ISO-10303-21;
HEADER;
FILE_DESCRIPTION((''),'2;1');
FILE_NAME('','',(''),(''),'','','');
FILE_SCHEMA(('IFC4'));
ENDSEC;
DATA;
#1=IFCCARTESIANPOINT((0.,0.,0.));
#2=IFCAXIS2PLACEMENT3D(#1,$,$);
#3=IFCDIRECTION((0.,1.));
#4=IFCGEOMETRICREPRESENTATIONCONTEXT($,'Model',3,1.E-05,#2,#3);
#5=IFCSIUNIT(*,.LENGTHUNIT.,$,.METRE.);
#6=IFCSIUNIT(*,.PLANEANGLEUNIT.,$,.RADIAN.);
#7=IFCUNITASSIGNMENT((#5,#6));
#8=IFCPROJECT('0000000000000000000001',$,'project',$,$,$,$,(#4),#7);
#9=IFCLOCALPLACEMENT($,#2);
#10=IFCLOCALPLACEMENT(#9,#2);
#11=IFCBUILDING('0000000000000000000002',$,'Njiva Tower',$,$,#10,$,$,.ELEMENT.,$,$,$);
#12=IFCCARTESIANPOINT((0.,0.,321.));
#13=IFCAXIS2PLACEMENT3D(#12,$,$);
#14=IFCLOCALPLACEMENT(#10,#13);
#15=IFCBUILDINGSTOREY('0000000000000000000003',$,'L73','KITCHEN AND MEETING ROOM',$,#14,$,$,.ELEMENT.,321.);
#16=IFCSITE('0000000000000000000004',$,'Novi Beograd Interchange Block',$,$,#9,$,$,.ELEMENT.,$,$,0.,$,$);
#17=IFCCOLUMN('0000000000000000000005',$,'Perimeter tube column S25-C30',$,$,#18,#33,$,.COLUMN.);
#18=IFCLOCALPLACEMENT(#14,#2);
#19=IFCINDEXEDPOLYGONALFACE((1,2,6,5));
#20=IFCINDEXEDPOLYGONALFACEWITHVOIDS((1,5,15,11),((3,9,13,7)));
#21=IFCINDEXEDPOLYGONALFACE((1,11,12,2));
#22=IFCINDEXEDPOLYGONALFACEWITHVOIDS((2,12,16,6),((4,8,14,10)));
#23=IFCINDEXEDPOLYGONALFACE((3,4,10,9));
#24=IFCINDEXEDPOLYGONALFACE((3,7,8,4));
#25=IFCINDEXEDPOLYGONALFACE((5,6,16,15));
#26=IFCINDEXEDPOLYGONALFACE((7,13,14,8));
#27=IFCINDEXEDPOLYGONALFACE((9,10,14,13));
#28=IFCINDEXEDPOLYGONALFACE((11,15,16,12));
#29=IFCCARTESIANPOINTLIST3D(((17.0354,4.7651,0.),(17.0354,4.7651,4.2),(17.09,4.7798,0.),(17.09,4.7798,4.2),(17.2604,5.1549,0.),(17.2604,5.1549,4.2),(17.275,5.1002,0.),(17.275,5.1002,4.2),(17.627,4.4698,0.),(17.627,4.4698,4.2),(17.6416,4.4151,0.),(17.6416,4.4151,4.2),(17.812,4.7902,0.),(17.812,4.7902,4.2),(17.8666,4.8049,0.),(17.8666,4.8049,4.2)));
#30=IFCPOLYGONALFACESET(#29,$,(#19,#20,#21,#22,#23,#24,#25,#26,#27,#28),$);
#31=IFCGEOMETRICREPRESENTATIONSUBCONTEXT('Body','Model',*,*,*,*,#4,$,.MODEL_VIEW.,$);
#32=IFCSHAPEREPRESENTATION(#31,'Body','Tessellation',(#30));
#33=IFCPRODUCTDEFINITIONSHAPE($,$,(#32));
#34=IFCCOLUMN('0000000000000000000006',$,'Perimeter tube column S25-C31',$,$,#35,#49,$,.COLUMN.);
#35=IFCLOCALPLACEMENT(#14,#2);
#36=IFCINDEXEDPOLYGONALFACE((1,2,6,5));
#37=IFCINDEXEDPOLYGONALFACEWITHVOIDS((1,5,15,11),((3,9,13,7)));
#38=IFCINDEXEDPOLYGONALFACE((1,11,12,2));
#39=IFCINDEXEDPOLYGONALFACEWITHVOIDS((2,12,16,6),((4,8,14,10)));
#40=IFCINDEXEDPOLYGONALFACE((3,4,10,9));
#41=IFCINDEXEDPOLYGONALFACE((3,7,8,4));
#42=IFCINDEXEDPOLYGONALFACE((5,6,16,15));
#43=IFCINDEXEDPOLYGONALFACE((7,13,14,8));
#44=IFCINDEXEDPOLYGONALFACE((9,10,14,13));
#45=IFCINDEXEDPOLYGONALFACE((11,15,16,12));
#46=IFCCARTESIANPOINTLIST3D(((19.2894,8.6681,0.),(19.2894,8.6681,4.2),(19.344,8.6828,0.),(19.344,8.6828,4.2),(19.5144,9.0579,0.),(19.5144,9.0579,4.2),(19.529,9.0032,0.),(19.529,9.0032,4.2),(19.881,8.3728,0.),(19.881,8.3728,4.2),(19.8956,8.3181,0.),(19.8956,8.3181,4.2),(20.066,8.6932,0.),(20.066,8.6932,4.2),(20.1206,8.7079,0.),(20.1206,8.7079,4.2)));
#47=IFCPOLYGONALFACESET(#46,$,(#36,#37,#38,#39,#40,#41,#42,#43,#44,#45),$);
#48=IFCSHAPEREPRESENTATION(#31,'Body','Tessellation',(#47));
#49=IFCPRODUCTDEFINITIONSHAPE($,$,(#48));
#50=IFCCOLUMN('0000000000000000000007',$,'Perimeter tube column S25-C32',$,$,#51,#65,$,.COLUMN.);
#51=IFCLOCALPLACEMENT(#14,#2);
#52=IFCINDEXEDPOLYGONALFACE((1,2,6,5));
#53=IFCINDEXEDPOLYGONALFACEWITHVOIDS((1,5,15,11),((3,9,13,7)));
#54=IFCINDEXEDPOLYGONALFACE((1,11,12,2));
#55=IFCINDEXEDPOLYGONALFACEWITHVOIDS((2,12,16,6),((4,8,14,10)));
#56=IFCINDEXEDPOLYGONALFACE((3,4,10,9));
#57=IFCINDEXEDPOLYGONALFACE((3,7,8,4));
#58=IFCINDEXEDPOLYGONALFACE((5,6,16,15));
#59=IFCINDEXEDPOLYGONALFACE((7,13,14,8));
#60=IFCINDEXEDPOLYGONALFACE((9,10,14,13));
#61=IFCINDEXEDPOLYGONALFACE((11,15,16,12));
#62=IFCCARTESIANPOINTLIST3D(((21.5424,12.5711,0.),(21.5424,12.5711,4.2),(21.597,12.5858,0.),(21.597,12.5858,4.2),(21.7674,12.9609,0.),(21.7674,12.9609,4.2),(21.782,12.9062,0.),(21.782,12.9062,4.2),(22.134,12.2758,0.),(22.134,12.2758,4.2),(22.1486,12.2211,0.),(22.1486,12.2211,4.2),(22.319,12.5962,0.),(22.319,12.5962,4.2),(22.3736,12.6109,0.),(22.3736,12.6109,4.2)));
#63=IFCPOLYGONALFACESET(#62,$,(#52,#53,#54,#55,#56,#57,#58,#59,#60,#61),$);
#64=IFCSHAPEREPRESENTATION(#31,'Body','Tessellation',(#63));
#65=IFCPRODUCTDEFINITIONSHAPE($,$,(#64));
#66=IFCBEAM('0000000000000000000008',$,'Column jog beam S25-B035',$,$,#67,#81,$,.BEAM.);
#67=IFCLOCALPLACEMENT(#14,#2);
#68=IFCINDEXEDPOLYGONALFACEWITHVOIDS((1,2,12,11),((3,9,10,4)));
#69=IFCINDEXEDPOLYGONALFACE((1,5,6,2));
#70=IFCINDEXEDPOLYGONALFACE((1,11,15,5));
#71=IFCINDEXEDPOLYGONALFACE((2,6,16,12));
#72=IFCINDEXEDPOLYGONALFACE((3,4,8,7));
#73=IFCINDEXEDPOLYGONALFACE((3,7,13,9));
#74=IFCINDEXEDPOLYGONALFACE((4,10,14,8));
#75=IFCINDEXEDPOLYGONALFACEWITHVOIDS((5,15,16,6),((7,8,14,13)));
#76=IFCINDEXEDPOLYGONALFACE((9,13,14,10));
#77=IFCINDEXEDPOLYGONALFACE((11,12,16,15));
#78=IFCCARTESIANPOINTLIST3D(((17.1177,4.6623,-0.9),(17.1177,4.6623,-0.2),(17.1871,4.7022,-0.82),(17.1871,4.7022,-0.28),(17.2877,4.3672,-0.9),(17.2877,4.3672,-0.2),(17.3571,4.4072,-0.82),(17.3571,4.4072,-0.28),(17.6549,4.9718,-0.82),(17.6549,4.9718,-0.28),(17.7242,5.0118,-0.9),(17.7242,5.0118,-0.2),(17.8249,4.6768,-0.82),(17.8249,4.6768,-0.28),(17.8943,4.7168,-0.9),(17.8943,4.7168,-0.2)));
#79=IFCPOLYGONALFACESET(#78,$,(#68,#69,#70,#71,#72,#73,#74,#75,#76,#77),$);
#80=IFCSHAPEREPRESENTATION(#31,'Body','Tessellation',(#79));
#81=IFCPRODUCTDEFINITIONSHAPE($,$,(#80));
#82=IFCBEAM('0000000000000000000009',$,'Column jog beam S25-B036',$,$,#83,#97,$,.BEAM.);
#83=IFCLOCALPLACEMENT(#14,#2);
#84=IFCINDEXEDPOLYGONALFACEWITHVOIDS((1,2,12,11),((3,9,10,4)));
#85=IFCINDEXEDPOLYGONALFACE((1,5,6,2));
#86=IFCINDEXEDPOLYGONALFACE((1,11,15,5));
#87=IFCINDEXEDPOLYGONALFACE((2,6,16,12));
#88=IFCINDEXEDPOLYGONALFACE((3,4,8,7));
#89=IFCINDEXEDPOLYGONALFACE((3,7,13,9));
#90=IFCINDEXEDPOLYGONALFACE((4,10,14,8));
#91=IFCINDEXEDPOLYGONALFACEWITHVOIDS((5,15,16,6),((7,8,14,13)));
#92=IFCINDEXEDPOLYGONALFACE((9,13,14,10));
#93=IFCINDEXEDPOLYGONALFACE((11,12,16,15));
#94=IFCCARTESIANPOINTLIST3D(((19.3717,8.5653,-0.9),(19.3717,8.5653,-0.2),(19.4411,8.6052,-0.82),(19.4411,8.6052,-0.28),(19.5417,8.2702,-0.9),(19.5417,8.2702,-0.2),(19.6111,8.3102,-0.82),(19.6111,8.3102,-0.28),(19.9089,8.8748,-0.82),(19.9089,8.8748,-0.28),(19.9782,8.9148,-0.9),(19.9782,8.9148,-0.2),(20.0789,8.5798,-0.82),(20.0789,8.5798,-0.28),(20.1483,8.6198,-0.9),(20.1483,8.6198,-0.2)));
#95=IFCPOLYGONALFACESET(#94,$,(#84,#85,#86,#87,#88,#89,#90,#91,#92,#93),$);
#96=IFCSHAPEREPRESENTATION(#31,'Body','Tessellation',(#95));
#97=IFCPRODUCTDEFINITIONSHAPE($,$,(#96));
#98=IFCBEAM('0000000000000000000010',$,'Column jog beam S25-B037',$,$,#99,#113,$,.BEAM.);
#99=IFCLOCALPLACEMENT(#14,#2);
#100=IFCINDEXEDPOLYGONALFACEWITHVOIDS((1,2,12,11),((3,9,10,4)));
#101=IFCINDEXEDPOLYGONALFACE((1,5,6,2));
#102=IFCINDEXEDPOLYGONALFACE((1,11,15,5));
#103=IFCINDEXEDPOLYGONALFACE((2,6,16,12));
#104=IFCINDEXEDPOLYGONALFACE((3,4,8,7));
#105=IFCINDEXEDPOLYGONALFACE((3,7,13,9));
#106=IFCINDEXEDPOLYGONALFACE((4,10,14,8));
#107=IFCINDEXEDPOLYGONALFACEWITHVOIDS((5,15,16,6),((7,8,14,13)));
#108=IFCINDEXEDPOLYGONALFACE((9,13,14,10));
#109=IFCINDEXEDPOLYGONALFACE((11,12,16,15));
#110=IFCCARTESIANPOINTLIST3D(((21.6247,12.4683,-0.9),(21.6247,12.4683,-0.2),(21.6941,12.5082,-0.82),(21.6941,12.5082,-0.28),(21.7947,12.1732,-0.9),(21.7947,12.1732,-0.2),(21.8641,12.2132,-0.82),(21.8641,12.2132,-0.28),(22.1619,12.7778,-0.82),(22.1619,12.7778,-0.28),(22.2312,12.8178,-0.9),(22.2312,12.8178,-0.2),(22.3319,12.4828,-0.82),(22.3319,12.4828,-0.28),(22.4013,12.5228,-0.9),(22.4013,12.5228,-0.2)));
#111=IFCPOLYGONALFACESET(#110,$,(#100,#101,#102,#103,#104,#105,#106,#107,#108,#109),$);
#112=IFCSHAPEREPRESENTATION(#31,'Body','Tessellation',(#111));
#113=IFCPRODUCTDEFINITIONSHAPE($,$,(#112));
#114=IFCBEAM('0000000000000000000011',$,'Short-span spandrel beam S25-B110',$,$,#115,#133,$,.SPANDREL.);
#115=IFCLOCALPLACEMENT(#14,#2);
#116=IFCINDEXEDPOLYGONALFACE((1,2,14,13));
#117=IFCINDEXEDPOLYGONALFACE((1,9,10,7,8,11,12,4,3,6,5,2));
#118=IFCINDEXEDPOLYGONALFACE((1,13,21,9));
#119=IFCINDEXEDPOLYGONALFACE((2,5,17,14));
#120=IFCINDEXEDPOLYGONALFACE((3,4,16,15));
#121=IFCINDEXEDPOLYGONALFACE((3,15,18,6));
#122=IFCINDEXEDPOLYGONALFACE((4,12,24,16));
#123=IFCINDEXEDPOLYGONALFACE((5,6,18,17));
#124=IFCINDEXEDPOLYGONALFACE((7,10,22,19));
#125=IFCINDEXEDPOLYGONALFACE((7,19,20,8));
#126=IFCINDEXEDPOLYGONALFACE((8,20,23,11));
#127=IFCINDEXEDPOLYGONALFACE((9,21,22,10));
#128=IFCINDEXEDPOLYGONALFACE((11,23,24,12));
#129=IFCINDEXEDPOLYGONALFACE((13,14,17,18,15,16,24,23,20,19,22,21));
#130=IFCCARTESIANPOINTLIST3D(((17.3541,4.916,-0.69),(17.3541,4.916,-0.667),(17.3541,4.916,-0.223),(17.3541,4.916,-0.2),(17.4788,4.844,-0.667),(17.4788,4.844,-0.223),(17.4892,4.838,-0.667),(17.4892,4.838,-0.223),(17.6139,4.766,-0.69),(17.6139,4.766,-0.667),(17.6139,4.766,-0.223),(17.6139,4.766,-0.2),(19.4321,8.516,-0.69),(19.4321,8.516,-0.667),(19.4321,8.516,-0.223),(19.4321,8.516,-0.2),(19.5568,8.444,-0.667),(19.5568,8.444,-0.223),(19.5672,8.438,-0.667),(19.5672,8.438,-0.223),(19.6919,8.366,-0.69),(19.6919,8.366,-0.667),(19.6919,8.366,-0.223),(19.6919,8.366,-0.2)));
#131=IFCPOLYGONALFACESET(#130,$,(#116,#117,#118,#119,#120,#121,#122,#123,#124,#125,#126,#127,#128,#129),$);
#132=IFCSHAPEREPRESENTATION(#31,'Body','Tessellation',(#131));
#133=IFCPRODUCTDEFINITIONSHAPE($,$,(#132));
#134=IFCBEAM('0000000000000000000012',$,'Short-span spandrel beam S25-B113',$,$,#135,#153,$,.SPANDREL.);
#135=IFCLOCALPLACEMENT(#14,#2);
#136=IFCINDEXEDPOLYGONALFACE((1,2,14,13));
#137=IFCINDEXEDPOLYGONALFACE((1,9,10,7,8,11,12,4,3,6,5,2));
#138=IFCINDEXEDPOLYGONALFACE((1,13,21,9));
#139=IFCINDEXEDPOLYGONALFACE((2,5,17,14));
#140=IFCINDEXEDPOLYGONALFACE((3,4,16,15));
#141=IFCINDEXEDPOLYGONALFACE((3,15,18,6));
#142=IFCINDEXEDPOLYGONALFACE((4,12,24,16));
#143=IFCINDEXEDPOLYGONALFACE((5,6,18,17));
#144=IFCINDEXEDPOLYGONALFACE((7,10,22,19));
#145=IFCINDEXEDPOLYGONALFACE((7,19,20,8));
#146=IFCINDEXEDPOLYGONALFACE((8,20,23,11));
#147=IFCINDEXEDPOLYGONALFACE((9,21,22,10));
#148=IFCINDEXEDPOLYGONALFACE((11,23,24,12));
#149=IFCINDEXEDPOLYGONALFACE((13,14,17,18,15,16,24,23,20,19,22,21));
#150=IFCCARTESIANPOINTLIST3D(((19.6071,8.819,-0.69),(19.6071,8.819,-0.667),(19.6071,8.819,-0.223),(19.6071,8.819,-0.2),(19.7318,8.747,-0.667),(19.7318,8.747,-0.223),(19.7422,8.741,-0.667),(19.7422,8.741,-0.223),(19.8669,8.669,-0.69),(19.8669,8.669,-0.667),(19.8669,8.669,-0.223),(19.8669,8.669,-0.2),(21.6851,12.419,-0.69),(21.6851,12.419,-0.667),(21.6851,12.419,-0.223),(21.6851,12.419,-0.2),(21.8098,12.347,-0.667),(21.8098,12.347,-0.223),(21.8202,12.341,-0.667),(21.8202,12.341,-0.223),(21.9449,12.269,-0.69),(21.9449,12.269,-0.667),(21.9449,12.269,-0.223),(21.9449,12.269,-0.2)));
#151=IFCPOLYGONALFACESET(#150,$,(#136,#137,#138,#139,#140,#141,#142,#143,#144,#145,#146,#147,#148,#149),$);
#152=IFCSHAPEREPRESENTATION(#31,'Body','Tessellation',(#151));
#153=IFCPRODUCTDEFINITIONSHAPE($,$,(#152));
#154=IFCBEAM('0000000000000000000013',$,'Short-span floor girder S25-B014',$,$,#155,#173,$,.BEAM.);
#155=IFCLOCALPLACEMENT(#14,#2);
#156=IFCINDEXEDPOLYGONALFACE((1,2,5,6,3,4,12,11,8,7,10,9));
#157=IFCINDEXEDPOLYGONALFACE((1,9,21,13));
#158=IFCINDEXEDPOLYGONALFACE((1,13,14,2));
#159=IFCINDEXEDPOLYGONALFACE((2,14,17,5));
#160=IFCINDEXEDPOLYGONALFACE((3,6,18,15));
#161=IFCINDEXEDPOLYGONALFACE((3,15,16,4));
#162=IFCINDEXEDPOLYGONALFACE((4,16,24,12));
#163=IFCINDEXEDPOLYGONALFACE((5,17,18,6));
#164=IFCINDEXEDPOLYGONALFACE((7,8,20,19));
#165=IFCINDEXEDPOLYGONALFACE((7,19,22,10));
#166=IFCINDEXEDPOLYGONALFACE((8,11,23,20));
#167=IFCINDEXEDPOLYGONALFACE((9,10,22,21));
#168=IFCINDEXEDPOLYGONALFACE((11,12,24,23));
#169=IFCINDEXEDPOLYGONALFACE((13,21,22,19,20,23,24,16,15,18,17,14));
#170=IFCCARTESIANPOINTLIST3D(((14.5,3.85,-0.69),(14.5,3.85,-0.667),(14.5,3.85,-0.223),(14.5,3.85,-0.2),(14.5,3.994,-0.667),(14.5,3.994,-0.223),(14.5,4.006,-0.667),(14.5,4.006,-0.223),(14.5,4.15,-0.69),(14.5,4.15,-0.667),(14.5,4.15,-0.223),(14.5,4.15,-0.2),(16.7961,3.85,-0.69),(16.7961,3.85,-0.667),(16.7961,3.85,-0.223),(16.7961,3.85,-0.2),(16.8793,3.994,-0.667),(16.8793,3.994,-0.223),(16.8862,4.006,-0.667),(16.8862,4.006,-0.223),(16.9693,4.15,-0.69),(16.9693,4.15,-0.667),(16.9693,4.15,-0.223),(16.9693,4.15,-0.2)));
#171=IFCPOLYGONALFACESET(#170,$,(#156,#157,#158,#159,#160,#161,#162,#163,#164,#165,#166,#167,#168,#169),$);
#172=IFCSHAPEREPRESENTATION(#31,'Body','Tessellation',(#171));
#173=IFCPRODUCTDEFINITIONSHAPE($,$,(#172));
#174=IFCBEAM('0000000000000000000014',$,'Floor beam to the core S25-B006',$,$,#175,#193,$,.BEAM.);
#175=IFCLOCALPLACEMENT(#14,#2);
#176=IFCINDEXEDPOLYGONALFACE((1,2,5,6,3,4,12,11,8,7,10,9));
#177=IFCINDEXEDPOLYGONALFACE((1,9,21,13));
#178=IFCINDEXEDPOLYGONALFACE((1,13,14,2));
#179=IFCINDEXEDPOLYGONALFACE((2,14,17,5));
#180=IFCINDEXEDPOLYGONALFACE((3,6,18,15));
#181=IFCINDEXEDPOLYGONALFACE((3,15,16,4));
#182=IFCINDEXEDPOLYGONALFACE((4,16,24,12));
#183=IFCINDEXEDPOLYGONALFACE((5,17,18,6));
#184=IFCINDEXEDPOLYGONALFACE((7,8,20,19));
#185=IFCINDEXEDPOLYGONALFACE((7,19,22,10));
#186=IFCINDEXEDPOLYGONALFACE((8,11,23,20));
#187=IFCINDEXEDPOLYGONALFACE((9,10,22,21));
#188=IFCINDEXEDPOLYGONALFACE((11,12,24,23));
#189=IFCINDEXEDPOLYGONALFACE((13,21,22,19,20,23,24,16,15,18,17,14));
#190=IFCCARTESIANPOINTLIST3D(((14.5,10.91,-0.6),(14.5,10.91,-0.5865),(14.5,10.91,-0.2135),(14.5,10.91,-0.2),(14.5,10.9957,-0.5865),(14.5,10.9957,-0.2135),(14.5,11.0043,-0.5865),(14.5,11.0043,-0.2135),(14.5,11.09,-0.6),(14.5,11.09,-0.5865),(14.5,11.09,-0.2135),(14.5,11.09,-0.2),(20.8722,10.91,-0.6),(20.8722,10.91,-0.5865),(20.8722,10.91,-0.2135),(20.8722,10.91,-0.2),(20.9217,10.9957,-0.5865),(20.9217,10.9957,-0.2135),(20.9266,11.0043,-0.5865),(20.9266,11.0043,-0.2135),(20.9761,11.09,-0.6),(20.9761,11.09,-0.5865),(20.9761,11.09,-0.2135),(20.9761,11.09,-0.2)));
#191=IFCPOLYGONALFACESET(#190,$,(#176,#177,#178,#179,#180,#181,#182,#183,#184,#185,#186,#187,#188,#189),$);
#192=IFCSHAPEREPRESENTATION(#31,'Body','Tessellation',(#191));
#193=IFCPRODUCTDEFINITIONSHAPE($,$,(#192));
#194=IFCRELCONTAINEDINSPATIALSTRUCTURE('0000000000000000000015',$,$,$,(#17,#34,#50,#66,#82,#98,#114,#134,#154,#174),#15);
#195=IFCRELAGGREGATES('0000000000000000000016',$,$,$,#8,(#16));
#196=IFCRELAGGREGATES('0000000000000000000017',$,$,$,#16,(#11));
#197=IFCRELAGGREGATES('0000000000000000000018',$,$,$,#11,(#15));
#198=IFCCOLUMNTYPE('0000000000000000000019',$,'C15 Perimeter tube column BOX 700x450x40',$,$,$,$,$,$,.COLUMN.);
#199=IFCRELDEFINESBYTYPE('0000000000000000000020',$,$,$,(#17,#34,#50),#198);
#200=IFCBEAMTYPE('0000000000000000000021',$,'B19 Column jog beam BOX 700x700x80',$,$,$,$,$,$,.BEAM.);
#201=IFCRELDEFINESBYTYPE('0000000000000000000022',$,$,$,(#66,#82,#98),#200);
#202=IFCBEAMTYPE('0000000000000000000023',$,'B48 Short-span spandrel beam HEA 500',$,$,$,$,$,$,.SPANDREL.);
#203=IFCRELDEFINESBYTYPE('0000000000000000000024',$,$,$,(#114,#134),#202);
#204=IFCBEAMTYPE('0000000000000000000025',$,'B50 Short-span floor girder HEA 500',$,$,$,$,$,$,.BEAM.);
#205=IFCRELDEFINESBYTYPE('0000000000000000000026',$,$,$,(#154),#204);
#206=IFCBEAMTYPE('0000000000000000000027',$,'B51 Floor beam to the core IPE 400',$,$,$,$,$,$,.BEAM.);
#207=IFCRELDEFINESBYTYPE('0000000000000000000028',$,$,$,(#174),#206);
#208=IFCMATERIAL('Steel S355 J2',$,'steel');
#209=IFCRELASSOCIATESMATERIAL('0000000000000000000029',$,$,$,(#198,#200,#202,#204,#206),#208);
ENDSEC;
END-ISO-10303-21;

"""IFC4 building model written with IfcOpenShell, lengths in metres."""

from ifc_helpers import new_model, si_unit, direction, frame, origin, origin_2d, place, context, subcontext, project, spatial, hollow_rectangle, i_section, extrude, clip, halfspace, material, material_profile, profile_set, type_object, element, save


model = new_model("IFC4")

# Units and contexts
model_context = context("Model", 3, precision=1e-05, world=origin(), true_north=direction((0.0, 1.0)))
body_context = subcontext(model_context, "Body", "Model", "MODEL_VIEW")
ifc_project = project(units=[si_unit("LENGTHUNIT", "METRE"), si_unit("PLANEANGLEUNIT", "RADIAN")], contexts=[model_context])

# Site, building, storey
site_placement = place(None, origin())
site = spatial("IfcSite", under=ifc_project, at=site_placement, Name="Novi Beograd Interchange Block", CompositionType="ELEMENT", RefElevation=0.0)
building_placement = place(site_placement, origin())
building = spatial("IfcBuilding", under=site, at=building_placement, Name="Njiva Tower", CompositionType="ELEMENT")
storey_placement = place(building_placement, frame((0.0, 0.0, 321.0)))
storey = spatial("IfcBuildingStorey", under=building, at=storey_placement, Name="L73", Description="KITCHEN AND MEETING ROOM", CompositionType="ELEMENT", Elevation=321.0)

# Columns
ifc_material_1 = material(Name="Steel S355 J2", Category="steel")
ifc_material_profile_1 = material_profile(ifc_material_1, hollow_rectangle(XDim=0.45, YDim=0.7, WallThickness=0.04, at=origin_2d()), Name="BOX 700x450x40")
ifc_profile_set_1 = profile_set([ifc_material_profile_1], Name="Steel S355 J2")
column_type = type_object("IfcColumnType", Name="C15 Perimeter tube column BOX 700x450x40", PredefinedType="COLUMN", material=ifc_profile_set_1)
for number, where, z_axis, x_axis, name in (
    (1, (17.451, 4.785, 0.0), (0.0, 0.0, 1.0), (0.5, 0.866025, 0.0), "Perimeter tube column S25-C30"),
    (2, (19.705, 8.688, 0.0), (0.0, 0.0, 1.0), (0.5, 0.866025, 0.0), "Perimeter tube column S25-C31"),
    (3, (21.958, 12.591, 0.0), (0.0, 0.0, 1.0), (0.5, 0.866025, 0.0), "Perimeter tube column S25-C32"),
):
    element("IfcColumn", number, at=place(storey_placement, frame(where, z_axis=z_axis, x_axis=x_axis)), inside=storey, type_object=column_type, Name=name, PredefinedType="COLUMN", context=body_context, shape_type="SweptSolid", body=[
        extrude(hollow_rectangle(XDim=0.45, YDim=0.7, WallThickness=0.04, at=origin_2d()), origin(), (0.0, 0.0, 1.0), 4.2),
    ])

# Beams
ifc_material_profile_2 = material_profile(ifc_material_1, hollow_rectangle(XDim=0.7, YDim=0.7, WallThickness=0.08, at=origin_2d()), Name="BOX 700x700x80")
ifc_profile_set_2 = profile_set([ifc_material_profile_2], Name="Steel S355 J2")
beam_type_1 = type_object("IfcBeamType", Name="B19 Column jog beam BOX 700x700x80", PredefinedType="BEAM", material=ifc_profile_set_2)
for number, where, z_axis, x_axis, name in (
    (4, (17.591, 4.542, -0.55), (-0.499299, 0.86643, 0.0), (-0.86643, -0.499299, 0.0), "Column jog beam S25-B035"),
    (5, (19.845, 8.445, -0.55), (-0.499299, 0.86643, 0.0), (-0.86643, -0.499299, 0.0), "Column jog beam S25-B036"),
    (6, (22.098, 12.348, -0.55), (-0.499299, 0.86643, 0.0), (-0.86643, -0.499299, 0.0), "Column jog beam S25-B037"),
):
    element("IfcBeam", number, at=place(storey_placement, frame(where, z_axis=z_axis, x_axis=x_axis)), inside=storey, type_object=beam_type_1, Name=name, PredefinedType="BEAM", context=body_context, shape_type="SweptSolid", body=[
        extrude(hollow_rectangle(XDim=0.7, YDim=0.7, WallThickness=0.08, at=origin_2d()), origin(), (0.0, 0.0, 1.0), 0.3405),
    ])
ifc_material_profile_3 = material_profile(ifc_material_1, i_section(OverallWidth=0.3, OverallDepth=0.49, WebThickness=0.012, FlangeThickness=0.023, at=origin_2d()), Name="HEA 500")
ifc_profile_set_3 = profile_set([ifc_material_profile_3], Name="Steel S355 J2")
beam_type_2 = type_object("IfcBeamType", Name="B48 Short-span spandrel beam HEA 500", PredefinedType="SPANDREL", material=ifc_profile_set_3)
for number, where, z_axis, x_axis, name in (
    (7, (17.484, 4.841, -0.445), (0.499917, 0.866073, 0.0), (-0.866073, 0.499917, 0.0), "Short-span spandrel beam S25-B110"),
    (8, (19.737, 8.744, -0.445), (0.499917, 0.866073, 0.0), (-0.866073, 0.499917, 0.0), "Short-span spandrel beam S25-B113"),
):
    element("IfcBeam", number, at=place(storey_placement, frame(where, z_axis=z_axis, x_axis=x_axis)), inside=storey, type_object=beam_type_2, Name=name, PredefinedType="SPANDREL", context=body_context, shape_type="SweptSolid", body=[
        extrude(i_section(OverallWidth=0.3, OverallDepth=0.49, WebThickness=0.012, FlangeThickness=0.023, at=origin_2d()), origin(), (0.0, 0.0, 1.0), 4.1567),
    ])
ifc_material_profile_4 = material_profile(ifc_material_1, i_section(OverallWidth=0.3, OverallDepth=0.49, WebThickness=0.012, FlangeThickness=0.023, at=origin_2d()), Name="HEA 500")
ifc_profile_set_4 = profile_set([ifc_material_profile_4], Name="Steel S355 J2")
beam_type_3 = type_object("IfcBeamType", Name="B50 Short-span floor girder HEA 500", PredefinedType="BEAM", material=ifc_profile_set_4)
beam_1_placement = place(storey_placement, frame((14.5, 4.0, -0.445), z_axis=(1.0, 0.0, 0.0), x_axis=(0.0, 1.0, 0.0)))
element("IfcBeam", 9, at=beam_1_placement, inside=storey, type_object=beam_type_3, Name="Short-span floor girder S25-B014", PredefinedType="BEAM", context=body_context, shape_type="Clipping", body=[
    clip(extrude(i_section(OverallWidth=0.3, OverallDepth=0.49, WebThickness=0.012, FlangeThickness=0.023, at=origin_2d()), origin(), (0.0, 0.0, 1.0), 2.49), halfspace(frame((-0.025, 0.0, 2.3683), z_axis=(-0.499998, 0.0, 0.866027), x_axis=(0.0, 1.0, 0.0)), False)),
])
ifc_material_profile_5 = material_profile(ifc_material_1, i_section(OverallWidth=0.18, OverallDepth=0.4, WebThickness=0.0086, FlangeThickness=0.0135, at=origin_2d()), Name="IPE 400")
ifc_profile_set_5 = profile_set([ifc_material_profile_5], Name="Steel S355 J2")
beam_type_4 = type_object("IfcBeamType", Name="B51 Floor beam to the core IPE 400", PredefinedType="BEAM", material=ifc_profile_set_5)
beam_2_placement = place(storey_placement, frame((14.5, 11.0, -0.4), z_axis=(1.0, 0.0, 0.0), x_axis=(0.0, 1.0, 0.0)))
element("IfcBeam", 10, at=beam_2_placement, inside=storey, type_object=beam_type_4, Name="Floor beam to the core S25-B006", PredefinedType="BEAM", context=body_context, shape_type="Clipping", body=[
    clip(extrude(i_section(OverallWidth=0.18, OverallDepth=0.4, WebThickness=0.0086, FlangeThickness=0.0135, at=origin_2d()), origin(), (0.0, 0.0, 1.0), 6.496), halfspace(frame((-0.025, 0.0, 6.4097), z_axis=(-0.499998, 0.0, 0.866027), x_axis=(0.0, 1.0, 0.0)), False)),
])

save(model, "model.ifc")
